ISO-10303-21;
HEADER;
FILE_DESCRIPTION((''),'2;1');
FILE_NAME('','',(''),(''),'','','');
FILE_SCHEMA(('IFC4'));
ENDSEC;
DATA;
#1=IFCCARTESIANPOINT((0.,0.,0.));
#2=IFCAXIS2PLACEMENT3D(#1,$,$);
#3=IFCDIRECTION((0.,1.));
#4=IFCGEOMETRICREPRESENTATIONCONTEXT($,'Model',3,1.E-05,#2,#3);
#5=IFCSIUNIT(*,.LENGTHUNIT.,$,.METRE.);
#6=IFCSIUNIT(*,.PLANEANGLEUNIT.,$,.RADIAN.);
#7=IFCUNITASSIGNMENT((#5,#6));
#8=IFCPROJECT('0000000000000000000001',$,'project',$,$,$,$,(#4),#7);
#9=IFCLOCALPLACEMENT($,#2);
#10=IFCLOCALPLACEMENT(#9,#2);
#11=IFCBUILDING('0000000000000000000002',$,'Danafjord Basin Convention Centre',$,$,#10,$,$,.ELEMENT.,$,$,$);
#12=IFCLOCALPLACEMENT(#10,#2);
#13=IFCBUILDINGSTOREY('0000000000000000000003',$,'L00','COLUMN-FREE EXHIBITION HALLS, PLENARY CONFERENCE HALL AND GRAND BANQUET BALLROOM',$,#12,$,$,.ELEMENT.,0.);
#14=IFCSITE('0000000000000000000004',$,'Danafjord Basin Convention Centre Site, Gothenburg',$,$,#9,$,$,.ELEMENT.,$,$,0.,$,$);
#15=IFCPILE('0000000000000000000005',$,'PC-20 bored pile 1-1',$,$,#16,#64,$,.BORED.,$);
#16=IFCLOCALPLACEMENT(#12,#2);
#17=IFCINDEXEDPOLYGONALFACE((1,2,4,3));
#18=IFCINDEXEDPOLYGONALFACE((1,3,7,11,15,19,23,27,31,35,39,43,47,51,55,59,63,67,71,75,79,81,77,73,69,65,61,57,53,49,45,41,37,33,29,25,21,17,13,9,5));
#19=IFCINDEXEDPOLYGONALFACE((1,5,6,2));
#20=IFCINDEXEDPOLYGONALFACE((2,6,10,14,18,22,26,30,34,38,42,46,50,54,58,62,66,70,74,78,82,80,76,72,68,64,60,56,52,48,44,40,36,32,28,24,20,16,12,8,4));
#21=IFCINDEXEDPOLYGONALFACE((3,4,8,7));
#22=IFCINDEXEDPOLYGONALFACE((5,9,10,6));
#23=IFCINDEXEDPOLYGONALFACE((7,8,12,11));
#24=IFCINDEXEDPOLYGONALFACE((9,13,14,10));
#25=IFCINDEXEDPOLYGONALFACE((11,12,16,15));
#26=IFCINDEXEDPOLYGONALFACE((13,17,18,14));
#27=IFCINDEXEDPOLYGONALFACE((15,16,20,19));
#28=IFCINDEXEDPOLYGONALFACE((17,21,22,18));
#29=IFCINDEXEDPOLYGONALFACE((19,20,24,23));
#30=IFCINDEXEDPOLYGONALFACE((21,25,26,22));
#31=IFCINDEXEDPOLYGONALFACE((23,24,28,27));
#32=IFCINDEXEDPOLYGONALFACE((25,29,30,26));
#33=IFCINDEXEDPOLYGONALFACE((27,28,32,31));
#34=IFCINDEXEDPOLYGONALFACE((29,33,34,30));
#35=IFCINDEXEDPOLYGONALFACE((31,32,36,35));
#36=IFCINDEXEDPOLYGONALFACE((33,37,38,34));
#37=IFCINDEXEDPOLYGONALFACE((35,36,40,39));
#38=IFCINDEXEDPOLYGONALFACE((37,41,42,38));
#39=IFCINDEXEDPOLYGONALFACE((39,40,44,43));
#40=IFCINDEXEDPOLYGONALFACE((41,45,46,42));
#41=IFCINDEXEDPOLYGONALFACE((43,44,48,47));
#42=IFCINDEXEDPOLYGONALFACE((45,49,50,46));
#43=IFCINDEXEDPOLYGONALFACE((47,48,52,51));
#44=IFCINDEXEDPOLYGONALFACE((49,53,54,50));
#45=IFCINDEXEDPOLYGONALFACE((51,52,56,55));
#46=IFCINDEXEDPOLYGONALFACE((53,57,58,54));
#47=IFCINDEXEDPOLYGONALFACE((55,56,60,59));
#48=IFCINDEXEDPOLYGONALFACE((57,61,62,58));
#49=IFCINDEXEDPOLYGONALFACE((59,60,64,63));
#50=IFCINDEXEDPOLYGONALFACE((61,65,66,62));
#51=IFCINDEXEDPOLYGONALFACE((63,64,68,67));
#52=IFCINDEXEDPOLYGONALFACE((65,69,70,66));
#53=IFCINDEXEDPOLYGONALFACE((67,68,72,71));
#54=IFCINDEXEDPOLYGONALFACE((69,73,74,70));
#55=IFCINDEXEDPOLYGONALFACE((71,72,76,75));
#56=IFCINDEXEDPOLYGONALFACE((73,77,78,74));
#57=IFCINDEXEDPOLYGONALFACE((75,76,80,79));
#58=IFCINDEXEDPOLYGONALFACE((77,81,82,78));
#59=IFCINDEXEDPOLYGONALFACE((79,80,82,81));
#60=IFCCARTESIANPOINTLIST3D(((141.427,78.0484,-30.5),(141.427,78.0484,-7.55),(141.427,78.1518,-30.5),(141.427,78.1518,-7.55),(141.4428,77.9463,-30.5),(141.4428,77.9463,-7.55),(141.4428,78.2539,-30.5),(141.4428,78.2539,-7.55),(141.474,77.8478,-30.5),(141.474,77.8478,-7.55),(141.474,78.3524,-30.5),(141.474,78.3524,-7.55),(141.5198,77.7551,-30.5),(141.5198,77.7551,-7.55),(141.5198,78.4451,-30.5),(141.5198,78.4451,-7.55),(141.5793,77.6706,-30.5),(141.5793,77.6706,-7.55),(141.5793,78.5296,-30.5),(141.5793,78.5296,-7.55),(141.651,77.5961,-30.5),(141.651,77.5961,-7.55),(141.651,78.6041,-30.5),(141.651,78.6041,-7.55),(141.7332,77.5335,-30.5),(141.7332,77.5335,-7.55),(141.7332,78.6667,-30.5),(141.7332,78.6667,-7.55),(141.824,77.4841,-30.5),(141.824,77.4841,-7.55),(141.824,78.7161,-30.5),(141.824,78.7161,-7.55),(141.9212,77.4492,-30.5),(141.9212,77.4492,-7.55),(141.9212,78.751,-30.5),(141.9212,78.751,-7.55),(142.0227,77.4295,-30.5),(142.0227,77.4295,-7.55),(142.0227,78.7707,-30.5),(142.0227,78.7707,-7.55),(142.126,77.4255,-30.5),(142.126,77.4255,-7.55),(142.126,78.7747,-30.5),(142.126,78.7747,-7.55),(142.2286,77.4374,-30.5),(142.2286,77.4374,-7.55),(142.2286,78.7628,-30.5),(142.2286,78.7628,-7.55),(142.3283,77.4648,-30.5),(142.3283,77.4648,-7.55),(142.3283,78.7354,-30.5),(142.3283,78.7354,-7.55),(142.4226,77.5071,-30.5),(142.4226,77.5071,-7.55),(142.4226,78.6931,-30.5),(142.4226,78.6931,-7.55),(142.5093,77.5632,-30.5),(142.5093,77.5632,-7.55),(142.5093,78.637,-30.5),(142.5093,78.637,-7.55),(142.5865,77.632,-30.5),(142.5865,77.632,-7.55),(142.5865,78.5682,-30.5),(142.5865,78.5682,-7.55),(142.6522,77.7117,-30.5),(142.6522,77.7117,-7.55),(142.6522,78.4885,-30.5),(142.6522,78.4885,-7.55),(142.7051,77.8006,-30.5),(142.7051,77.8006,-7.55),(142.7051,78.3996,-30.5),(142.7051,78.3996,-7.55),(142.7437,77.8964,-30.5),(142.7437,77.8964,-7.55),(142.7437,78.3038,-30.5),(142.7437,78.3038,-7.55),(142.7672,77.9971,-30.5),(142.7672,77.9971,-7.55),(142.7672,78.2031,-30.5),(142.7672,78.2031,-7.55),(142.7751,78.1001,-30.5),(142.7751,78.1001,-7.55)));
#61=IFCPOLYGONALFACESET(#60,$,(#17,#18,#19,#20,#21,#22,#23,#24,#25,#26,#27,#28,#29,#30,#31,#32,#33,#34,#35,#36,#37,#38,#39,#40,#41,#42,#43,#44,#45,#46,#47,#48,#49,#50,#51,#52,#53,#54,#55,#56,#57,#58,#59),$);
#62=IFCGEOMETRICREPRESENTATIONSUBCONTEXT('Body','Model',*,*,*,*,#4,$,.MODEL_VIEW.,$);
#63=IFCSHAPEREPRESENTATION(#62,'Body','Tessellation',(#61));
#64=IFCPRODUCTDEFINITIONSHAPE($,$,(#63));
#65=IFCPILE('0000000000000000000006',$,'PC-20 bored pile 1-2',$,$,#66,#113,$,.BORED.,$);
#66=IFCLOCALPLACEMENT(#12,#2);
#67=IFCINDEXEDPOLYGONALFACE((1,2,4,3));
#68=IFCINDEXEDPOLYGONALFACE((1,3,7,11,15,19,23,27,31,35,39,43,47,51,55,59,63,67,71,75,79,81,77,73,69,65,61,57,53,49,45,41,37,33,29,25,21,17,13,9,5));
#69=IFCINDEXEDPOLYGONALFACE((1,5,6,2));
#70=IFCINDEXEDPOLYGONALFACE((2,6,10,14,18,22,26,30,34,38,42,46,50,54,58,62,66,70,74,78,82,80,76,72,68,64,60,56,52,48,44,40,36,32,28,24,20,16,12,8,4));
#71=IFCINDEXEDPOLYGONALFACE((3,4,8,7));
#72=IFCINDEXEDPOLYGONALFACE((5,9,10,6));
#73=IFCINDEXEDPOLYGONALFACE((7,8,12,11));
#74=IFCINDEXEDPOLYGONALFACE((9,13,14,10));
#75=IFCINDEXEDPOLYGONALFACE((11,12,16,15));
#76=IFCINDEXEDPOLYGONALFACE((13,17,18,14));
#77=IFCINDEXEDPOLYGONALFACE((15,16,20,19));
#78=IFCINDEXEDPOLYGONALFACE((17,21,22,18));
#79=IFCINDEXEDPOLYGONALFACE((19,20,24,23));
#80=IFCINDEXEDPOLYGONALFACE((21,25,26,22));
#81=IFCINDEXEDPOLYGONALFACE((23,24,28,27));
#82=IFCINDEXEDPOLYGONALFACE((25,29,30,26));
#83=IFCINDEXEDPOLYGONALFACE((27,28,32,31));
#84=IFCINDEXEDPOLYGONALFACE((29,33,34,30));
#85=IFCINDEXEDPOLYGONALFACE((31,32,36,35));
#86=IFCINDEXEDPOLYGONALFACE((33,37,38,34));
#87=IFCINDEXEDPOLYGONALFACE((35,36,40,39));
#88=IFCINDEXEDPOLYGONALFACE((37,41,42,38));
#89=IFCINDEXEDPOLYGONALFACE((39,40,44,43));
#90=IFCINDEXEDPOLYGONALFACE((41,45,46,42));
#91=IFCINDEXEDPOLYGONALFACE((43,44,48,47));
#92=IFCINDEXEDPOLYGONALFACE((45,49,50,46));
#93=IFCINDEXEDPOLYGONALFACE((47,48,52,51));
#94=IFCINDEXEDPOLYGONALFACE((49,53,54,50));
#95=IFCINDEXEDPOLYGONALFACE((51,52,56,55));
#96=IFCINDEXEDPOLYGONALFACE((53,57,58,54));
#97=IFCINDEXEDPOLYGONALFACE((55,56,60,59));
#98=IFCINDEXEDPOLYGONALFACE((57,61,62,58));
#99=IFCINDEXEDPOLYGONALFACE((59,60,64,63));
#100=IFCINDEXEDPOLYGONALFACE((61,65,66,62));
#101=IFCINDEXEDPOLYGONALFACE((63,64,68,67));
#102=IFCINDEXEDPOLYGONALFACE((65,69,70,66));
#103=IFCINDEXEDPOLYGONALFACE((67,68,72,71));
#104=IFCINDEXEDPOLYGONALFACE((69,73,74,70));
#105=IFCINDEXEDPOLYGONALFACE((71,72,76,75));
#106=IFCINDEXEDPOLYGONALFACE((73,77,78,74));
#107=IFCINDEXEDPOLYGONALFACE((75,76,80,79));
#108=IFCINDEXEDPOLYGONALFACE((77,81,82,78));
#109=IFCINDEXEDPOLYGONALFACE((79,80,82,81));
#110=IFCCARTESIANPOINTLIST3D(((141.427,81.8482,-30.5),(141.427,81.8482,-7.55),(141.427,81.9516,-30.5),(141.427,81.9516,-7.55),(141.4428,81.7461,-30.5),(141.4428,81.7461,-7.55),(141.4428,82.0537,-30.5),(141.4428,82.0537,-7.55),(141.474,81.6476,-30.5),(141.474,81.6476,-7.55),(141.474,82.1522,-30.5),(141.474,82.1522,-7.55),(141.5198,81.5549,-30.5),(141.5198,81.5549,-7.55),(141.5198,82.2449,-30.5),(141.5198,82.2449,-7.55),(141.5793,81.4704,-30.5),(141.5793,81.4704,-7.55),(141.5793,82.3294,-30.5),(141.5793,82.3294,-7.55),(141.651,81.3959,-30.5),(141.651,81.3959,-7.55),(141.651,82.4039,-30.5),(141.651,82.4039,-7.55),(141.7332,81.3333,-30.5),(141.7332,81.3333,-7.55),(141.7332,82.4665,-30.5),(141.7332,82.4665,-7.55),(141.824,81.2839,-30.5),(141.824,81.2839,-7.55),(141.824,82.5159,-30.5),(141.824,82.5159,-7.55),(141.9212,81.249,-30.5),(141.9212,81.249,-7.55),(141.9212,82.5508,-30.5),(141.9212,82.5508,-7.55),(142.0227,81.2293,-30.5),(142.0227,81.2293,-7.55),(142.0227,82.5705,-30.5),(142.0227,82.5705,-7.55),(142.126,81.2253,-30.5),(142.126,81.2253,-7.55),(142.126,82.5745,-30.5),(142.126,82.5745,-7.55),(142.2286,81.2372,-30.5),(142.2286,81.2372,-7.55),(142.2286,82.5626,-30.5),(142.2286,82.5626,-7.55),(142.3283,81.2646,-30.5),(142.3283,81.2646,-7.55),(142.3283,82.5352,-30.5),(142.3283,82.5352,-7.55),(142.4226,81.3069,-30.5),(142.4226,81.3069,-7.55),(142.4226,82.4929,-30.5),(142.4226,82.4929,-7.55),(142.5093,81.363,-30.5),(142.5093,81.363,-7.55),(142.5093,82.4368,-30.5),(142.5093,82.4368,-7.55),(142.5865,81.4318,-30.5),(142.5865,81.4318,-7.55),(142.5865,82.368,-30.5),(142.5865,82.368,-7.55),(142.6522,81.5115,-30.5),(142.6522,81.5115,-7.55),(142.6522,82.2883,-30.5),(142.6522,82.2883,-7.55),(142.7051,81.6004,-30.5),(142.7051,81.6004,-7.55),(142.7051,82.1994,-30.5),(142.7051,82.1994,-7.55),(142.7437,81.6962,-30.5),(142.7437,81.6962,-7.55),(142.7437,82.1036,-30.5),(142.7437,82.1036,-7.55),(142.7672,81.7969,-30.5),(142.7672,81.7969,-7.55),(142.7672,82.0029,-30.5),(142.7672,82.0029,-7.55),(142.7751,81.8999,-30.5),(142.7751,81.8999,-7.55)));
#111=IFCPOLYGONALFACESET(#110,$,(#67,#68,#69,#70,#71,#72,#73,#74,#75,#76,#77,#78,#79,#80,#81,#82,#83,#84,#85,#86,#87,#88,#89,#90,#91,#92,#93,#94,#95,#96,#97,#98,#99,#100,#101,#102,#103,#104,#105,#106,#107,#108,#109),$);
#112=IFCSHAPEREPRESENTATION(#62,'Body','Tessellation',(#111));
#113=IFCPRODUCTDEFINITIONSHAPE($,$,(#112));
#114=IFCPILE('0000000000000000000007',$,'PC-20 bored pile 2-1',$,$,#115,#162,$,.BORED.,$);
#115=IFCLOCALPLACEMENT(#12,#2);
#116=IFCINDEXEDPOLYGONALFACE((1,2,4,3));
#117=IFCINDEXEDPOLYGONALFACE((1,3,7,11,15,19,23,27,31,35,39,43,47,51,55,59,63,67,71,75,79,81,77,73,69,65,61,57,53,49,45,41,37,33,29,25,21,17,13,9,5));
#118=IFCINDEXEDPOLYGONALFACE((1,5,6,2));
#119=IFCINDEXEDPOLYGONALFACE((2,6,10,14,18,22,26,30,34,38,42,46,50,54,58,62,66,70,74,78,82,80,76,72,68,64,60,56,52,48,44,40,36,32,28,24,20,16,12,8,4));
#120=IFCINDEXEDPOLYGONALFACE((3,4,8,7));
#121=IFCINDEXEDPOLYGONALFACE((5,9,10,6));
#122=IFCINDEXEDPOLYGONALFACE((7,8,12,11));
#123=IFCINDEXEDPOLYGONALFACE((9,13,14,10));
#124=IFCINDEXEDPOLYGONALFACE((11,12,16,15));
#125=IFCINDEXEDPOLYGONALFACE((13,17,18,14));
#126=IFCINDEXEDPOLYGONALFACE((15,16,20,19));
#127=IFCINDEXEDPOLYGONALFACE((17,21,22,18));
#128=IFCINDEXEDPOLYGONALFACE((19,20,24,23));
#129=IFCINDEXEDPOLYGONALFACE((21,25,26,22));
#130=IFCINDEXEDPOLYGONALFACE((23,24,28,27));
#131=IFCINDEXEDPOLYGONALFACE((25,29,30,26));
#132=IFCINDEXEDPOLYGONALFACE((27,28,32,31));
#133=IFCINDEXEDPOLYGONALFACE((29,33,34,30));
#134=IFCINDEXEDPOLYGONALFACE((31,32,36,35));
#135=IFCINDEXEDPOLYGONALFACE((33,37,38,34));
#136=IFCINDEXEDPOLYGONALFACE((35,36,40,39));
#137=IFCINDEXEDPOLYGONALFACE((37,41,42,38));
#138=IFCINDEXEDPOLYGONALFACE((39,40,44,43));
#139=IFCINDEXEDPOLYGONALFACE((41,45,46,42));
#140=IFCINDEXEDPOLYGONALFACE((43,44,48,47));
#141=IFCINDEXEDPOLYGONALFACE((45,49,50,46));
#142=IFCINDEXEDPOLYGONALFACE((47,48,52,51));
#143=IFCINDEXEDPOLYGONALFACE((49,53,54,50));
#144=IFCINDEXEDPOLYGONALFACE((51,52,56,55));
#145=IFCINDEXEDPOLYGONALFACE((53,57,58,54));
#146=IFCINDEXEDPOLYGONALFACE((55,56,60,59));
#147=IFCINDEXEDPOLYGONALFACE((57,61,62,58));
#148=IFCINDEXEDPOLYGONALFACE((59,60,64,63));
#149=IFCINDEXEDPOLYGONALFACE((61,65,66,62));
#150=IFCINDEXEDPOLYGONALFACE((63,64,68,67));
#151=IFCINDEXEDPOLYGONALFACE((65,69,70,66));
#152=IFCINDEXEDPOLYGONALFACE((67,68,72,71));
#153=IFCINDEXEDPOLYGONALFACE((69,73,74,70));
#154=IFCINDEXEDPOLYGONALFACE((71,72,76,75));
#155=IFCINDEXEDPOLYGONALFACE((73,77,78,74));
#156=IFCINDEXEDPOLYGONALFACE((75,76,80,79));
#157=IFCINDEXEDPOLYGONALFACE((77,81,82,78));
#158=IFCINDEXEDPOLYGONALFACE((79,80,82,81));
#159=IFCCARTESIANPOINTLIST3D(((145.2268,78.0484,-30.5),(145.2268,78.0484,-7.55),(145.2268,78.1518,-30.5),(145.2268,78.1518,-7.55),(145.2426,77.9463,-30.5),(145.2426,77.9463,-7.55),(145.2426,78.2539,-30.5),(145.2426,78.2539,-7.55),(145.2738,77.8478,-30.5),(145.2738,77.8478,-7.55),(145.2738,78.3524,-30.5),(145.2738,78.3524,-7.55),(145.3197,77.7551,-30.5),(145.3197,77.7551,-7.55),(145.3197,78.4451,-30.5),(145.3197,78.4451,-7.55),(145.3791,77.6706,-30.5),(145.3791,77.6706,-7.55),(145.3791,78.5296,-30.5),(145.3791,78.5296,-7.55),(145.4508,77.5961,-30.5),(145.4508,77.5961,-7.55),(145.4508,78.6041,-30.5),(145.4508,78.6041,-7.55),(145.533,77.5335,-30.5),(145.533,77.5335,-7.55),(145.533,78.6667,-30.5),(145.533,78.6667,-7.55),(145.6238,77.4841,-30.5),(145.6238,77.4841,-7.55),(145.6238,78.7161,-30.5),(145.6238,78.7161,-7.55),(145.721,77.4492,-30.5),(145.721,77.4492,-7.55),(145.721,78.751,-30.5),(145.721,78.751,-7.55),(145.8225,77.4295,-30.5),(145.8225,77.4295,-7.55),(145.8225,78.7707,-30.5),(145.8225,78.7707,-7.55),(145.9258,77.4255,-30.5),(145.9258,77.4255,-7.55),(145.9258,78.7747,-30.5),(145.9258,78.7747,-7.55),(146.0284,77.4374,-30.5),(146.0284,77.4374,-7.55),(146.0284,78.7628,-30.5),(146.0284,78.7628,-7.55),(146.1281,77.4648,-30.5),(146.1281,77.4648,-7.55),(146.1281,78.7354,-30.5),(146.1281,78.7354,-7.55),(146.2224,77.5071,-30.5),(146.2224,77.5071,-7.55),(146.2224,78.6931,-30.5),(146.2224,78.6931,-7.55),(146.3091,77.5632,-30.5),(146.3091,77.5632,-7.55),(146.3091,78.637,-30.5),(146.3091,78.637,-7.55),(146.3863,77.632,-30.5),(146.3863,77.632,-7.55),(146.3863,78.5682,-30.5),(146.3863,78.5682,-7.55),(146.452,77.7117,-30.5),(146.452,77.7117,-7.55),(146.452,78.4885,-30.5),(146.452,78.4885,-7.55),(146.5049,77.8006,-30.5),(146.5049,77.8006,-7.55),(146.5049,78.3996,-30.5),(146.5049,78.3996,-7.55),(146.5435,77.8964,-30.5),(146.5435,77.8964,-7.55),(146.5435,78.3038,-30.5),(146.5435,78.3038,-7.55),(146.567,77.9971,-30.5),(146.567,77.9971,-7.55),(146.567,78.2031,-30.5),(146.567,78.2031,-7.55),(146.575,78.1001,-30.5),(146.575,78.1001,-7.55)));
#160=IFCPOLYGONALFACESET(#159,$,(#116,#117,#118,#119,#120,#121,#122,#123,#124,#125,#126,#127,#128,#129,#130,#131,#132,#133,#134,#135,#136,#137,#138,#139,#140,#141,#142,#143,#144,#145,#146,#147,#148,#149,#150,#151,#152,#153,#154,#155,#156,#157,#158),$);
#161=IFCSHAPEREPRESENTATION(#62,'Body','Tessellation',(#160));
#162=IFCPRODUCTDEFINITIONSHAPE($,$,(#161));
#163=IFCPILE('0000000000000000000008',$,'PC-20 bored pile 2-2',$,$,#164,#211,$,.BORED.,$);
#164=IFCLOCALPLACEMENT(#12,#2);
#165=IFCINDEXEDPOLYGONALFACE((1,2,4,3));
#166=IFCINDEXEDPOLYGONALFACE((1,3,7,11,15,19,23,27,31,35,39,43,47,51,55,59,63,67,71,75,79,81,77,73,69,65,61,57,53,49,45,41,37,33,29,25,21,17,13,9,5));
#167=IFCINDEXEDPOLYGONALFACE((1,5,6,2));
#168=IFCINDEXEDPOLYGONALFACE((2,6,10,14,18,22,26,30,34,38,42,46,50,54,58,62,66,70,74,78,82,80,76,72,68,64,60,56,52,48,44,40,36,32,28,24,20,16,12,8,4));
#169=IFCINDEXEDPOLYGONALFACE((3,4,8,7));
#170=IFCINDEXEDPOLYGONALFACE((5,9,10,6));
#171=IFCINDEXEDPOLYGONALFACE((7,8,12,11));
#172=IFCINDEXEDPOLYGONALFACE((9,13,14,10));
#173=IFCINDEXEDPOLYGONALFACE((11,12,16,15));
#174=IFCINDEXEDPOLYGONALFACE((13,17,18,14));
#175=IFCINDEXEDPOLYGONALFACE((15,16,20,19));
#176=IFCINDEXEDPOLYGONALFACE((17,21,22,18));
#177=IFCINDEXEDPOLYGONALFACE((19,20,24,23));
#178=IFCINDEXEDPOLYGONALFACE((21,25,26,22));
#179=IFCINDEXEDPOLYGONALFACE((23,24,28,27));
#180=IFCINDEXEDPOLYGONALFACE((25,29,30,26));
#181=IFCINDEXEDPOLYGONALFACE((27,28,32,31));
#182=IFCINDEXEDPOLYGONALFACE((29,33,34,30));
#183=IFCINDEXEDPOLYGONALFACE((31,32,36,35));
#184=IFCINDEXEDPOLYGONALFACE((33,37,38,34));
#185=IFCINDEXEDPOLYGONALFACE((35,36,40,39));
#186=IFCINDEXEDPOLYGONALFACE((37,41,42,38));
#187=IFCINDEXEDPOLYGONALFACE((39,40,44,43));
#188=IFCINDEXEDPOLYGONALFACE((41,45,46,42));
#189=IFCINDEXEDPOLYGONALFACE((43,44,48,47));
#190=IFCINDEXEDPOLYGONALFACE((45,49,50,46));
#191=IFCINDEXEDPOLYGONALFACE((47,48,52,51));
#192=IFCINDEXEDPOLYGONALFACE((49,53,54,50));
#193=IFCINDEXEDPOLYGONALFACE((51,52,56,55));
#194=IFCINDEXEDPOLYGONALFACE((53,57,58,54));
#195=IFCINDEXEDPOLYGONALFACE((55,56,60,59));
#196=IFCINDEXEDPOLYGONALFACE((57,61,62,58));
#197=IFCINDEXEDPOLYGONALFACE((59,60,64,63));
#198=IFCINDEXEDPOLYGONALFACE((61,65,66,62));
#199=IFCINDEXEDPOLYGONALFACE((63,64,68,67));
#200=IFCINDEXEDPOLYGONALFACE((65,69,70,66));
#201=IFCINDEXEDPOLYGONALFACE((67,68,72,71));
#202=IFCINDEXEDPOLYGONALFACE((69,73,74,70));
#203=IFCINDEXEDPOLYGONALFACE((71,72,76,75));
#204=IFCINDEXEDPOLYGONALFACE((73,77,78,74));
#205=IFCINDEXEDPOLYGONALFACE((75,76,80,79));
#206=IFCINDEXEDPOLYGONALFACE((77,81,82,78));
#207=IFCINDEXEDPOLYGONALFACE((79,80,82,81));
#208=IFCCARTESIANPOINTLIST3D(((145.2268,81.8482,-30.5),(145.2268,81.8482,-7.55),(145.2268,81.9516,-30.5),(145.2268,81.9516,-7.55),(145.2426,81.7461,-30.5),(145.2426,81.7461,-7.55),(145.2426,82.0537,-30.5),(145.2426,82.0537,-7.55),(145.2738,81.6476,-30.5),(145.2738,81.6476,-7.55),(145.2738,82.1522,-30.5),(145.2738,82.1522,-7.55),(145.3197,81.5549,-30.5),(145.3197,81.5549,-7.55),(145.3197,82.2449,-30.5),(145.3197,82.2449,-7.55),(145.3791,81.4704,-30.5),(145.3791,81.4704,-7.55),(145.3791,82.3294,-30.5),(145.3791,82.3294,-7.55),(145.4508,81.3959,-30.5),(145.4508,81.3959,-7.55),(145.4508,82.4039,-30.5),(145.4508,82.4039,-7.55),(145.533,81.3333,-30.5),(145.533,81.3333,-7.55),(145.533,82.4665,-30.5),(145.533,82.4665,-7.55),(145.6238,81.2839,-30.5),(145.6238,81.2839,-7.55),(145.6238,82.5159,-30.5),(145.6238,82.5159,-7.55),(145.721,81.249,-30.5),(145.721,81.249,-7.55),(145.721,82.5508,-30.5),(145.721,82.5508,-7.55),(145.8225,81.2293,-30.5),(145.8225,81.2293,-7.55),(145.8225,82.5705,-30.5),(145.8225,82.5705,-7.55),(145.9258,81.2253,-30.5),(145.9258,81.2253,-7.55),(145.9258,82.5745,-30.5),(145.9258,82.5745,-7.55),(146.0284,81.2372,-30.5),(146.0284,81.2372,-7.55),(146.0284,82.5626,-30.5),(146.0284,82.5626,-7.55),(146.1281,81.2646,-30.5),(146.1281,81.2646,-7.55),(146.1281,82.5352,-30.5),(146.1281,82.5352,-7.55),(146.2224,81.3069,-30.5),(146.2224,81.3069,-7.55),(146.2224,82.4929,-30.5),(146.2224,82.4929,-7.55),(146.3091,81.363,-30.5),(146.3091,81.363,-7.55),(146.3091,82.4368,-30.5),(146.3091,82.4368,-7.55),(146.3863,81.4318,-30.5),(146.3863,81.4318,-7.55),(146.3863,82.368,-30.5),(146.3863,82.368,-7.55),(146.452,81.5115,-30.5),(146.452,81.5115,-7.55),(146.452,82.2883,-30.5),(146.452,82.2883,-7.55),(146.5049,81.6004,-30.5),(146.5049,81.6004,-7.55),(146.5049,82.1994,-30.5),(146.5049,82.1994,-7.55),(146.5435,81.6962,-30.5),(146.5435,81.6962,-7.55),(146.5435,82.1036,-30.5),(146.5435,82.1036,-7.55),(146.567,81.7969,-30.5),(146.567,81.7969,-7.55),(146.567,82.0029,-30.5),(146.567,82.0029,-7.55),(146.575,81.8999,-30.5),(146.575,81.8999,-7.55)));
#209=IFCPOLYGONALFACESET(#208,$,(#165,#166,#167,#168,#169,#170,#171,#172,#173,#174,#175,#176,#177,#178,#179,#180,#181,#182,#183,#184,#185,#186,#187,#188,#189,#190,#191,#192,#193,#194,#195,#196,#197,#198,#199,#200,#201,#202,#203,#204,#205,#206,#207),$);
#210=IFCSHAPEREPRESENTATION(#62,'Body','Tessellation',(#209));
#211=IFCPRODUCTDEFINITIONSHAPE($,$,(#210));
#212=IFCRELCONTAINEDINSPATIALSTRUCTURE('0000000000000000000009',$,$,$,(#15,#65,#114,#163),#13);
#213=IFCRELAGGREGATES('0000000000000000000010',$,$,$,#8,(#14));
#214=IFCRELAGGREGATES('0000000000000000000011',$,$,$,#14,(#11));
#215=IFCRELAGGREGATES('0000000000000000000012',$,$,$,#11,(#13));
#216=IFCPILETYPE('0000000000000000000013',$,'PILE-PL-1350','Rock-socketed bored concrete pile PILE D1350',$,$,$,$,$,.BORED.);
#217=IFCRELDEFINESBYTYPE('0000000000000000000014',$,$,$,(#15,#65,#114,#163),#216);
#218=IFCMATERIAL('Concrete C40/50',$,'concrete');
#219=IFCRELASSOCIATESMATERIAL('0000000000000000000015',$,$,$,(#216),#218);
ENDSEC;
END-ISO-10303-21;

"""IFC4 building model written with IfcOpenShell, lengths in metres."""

from ifc_helpers import new_model, si_unit, direction, frame, origin, origin_2d, place, context, subcontext, project, spatial, circle, extrude, material, material_profile, profile_set, type_object, element, save


model = new_model("IFC4")

# Units and contexts
model_context = context("Model", 3, precision=1e-05, world=origin(), true_north=direction((0.0, 1.0)))
body_context = subcontext(model_context, "Body", "Model", "MODEL_VIEW")
ifc_project = project(units=[si_unit("LENGTHUNIT", "METRE"), si_unit("PLANEANGLEUNIT", "RADIAN")], contexts=[model_context])

# Site, building, storey
site_placement = place(None, origin())
site = spatial("IfcSite", under=ifc_project, at=site_placement, Name="Danafjord Basin Convention Centre Site, Gothenburg", CompositionType="ELEMENT", RefElevation=0.0)
building_placement = place(site_placement, origin())
building = spatial("IfcBuilding", under=site, at=building_placement, Name="Danafjord Basin Convention Centre", CompositionType="ELEMENT")
storey_placement = place(building_placement, origin())
storey = spatial("IfcBuildingStorey", under=building, at=storey_placement, Name="L00", Description="COLUMN-FREE EXHIBITION HALLS, PLENARY CONFERENCE HALL AND GRAND BANQUET BALLROOM", CompositionType="ELEMENT", Elevation=0.0)

# Shared definitions
ifc_material_1 = material(Name="Concrete C40/50", Category="concrete")

# Piles
ifc_material_profile_1 = material_profile(ifc_material_1, circle(Radius=0.675, at=origin_2d()), Name="PILE D1350")
ifc_profile_set_1 = profile_set([ifc_material_profile_1], Name="Concrete C40/50")
pile_type_1 = type_object("IfcPileType", Name="PILE-PL-1350", Description="Rock-socketed bored concrete pile PILE D1350", PredefinedType="BORED", material=ifc_profile_set_1)
for number, where, z_axis, x_axis, name in (
    (1, (142.1001, 78.1001, -7.55), (0.0, 0.0, -1.0), (1.0, 0.0, 0.0), "PC-20 bored pile 1-1"),
    (2, (142.1001, 81.8999, -7.55), (0.0, 0.0, -1.0), (1.0, 0.0, 0.0), "PC-20 bored pile 1-2"),
    (3, (145.8999, 78.1001, -7.55), (0.0, 0.0, -1.0), (1.0, 0.0, 0.0), "PC-20 bored pile 2-1"),
    (4, (145.8999, 81.8999, -7.55), (0.0, 0.0, -1.0), (1.0, 0.0, 0.0), "PC-20 bored pile 2-2"),
):
    element("IfcPile", number, at=place(storey_placement, frame(where, z_axis=z_axis, x_axis=x_axis)), inside=storey, type_object=pile_type_1, Name=name, PredefinedType="BORED", context=body_context, shape_type="SweptSolid", body=[
        extrude(circle(Radius=0.675, at=origin_2d()), origin(), (0.0, 0.0, 1.0), 22.95),
    ])

save(model, "model.ifc")
